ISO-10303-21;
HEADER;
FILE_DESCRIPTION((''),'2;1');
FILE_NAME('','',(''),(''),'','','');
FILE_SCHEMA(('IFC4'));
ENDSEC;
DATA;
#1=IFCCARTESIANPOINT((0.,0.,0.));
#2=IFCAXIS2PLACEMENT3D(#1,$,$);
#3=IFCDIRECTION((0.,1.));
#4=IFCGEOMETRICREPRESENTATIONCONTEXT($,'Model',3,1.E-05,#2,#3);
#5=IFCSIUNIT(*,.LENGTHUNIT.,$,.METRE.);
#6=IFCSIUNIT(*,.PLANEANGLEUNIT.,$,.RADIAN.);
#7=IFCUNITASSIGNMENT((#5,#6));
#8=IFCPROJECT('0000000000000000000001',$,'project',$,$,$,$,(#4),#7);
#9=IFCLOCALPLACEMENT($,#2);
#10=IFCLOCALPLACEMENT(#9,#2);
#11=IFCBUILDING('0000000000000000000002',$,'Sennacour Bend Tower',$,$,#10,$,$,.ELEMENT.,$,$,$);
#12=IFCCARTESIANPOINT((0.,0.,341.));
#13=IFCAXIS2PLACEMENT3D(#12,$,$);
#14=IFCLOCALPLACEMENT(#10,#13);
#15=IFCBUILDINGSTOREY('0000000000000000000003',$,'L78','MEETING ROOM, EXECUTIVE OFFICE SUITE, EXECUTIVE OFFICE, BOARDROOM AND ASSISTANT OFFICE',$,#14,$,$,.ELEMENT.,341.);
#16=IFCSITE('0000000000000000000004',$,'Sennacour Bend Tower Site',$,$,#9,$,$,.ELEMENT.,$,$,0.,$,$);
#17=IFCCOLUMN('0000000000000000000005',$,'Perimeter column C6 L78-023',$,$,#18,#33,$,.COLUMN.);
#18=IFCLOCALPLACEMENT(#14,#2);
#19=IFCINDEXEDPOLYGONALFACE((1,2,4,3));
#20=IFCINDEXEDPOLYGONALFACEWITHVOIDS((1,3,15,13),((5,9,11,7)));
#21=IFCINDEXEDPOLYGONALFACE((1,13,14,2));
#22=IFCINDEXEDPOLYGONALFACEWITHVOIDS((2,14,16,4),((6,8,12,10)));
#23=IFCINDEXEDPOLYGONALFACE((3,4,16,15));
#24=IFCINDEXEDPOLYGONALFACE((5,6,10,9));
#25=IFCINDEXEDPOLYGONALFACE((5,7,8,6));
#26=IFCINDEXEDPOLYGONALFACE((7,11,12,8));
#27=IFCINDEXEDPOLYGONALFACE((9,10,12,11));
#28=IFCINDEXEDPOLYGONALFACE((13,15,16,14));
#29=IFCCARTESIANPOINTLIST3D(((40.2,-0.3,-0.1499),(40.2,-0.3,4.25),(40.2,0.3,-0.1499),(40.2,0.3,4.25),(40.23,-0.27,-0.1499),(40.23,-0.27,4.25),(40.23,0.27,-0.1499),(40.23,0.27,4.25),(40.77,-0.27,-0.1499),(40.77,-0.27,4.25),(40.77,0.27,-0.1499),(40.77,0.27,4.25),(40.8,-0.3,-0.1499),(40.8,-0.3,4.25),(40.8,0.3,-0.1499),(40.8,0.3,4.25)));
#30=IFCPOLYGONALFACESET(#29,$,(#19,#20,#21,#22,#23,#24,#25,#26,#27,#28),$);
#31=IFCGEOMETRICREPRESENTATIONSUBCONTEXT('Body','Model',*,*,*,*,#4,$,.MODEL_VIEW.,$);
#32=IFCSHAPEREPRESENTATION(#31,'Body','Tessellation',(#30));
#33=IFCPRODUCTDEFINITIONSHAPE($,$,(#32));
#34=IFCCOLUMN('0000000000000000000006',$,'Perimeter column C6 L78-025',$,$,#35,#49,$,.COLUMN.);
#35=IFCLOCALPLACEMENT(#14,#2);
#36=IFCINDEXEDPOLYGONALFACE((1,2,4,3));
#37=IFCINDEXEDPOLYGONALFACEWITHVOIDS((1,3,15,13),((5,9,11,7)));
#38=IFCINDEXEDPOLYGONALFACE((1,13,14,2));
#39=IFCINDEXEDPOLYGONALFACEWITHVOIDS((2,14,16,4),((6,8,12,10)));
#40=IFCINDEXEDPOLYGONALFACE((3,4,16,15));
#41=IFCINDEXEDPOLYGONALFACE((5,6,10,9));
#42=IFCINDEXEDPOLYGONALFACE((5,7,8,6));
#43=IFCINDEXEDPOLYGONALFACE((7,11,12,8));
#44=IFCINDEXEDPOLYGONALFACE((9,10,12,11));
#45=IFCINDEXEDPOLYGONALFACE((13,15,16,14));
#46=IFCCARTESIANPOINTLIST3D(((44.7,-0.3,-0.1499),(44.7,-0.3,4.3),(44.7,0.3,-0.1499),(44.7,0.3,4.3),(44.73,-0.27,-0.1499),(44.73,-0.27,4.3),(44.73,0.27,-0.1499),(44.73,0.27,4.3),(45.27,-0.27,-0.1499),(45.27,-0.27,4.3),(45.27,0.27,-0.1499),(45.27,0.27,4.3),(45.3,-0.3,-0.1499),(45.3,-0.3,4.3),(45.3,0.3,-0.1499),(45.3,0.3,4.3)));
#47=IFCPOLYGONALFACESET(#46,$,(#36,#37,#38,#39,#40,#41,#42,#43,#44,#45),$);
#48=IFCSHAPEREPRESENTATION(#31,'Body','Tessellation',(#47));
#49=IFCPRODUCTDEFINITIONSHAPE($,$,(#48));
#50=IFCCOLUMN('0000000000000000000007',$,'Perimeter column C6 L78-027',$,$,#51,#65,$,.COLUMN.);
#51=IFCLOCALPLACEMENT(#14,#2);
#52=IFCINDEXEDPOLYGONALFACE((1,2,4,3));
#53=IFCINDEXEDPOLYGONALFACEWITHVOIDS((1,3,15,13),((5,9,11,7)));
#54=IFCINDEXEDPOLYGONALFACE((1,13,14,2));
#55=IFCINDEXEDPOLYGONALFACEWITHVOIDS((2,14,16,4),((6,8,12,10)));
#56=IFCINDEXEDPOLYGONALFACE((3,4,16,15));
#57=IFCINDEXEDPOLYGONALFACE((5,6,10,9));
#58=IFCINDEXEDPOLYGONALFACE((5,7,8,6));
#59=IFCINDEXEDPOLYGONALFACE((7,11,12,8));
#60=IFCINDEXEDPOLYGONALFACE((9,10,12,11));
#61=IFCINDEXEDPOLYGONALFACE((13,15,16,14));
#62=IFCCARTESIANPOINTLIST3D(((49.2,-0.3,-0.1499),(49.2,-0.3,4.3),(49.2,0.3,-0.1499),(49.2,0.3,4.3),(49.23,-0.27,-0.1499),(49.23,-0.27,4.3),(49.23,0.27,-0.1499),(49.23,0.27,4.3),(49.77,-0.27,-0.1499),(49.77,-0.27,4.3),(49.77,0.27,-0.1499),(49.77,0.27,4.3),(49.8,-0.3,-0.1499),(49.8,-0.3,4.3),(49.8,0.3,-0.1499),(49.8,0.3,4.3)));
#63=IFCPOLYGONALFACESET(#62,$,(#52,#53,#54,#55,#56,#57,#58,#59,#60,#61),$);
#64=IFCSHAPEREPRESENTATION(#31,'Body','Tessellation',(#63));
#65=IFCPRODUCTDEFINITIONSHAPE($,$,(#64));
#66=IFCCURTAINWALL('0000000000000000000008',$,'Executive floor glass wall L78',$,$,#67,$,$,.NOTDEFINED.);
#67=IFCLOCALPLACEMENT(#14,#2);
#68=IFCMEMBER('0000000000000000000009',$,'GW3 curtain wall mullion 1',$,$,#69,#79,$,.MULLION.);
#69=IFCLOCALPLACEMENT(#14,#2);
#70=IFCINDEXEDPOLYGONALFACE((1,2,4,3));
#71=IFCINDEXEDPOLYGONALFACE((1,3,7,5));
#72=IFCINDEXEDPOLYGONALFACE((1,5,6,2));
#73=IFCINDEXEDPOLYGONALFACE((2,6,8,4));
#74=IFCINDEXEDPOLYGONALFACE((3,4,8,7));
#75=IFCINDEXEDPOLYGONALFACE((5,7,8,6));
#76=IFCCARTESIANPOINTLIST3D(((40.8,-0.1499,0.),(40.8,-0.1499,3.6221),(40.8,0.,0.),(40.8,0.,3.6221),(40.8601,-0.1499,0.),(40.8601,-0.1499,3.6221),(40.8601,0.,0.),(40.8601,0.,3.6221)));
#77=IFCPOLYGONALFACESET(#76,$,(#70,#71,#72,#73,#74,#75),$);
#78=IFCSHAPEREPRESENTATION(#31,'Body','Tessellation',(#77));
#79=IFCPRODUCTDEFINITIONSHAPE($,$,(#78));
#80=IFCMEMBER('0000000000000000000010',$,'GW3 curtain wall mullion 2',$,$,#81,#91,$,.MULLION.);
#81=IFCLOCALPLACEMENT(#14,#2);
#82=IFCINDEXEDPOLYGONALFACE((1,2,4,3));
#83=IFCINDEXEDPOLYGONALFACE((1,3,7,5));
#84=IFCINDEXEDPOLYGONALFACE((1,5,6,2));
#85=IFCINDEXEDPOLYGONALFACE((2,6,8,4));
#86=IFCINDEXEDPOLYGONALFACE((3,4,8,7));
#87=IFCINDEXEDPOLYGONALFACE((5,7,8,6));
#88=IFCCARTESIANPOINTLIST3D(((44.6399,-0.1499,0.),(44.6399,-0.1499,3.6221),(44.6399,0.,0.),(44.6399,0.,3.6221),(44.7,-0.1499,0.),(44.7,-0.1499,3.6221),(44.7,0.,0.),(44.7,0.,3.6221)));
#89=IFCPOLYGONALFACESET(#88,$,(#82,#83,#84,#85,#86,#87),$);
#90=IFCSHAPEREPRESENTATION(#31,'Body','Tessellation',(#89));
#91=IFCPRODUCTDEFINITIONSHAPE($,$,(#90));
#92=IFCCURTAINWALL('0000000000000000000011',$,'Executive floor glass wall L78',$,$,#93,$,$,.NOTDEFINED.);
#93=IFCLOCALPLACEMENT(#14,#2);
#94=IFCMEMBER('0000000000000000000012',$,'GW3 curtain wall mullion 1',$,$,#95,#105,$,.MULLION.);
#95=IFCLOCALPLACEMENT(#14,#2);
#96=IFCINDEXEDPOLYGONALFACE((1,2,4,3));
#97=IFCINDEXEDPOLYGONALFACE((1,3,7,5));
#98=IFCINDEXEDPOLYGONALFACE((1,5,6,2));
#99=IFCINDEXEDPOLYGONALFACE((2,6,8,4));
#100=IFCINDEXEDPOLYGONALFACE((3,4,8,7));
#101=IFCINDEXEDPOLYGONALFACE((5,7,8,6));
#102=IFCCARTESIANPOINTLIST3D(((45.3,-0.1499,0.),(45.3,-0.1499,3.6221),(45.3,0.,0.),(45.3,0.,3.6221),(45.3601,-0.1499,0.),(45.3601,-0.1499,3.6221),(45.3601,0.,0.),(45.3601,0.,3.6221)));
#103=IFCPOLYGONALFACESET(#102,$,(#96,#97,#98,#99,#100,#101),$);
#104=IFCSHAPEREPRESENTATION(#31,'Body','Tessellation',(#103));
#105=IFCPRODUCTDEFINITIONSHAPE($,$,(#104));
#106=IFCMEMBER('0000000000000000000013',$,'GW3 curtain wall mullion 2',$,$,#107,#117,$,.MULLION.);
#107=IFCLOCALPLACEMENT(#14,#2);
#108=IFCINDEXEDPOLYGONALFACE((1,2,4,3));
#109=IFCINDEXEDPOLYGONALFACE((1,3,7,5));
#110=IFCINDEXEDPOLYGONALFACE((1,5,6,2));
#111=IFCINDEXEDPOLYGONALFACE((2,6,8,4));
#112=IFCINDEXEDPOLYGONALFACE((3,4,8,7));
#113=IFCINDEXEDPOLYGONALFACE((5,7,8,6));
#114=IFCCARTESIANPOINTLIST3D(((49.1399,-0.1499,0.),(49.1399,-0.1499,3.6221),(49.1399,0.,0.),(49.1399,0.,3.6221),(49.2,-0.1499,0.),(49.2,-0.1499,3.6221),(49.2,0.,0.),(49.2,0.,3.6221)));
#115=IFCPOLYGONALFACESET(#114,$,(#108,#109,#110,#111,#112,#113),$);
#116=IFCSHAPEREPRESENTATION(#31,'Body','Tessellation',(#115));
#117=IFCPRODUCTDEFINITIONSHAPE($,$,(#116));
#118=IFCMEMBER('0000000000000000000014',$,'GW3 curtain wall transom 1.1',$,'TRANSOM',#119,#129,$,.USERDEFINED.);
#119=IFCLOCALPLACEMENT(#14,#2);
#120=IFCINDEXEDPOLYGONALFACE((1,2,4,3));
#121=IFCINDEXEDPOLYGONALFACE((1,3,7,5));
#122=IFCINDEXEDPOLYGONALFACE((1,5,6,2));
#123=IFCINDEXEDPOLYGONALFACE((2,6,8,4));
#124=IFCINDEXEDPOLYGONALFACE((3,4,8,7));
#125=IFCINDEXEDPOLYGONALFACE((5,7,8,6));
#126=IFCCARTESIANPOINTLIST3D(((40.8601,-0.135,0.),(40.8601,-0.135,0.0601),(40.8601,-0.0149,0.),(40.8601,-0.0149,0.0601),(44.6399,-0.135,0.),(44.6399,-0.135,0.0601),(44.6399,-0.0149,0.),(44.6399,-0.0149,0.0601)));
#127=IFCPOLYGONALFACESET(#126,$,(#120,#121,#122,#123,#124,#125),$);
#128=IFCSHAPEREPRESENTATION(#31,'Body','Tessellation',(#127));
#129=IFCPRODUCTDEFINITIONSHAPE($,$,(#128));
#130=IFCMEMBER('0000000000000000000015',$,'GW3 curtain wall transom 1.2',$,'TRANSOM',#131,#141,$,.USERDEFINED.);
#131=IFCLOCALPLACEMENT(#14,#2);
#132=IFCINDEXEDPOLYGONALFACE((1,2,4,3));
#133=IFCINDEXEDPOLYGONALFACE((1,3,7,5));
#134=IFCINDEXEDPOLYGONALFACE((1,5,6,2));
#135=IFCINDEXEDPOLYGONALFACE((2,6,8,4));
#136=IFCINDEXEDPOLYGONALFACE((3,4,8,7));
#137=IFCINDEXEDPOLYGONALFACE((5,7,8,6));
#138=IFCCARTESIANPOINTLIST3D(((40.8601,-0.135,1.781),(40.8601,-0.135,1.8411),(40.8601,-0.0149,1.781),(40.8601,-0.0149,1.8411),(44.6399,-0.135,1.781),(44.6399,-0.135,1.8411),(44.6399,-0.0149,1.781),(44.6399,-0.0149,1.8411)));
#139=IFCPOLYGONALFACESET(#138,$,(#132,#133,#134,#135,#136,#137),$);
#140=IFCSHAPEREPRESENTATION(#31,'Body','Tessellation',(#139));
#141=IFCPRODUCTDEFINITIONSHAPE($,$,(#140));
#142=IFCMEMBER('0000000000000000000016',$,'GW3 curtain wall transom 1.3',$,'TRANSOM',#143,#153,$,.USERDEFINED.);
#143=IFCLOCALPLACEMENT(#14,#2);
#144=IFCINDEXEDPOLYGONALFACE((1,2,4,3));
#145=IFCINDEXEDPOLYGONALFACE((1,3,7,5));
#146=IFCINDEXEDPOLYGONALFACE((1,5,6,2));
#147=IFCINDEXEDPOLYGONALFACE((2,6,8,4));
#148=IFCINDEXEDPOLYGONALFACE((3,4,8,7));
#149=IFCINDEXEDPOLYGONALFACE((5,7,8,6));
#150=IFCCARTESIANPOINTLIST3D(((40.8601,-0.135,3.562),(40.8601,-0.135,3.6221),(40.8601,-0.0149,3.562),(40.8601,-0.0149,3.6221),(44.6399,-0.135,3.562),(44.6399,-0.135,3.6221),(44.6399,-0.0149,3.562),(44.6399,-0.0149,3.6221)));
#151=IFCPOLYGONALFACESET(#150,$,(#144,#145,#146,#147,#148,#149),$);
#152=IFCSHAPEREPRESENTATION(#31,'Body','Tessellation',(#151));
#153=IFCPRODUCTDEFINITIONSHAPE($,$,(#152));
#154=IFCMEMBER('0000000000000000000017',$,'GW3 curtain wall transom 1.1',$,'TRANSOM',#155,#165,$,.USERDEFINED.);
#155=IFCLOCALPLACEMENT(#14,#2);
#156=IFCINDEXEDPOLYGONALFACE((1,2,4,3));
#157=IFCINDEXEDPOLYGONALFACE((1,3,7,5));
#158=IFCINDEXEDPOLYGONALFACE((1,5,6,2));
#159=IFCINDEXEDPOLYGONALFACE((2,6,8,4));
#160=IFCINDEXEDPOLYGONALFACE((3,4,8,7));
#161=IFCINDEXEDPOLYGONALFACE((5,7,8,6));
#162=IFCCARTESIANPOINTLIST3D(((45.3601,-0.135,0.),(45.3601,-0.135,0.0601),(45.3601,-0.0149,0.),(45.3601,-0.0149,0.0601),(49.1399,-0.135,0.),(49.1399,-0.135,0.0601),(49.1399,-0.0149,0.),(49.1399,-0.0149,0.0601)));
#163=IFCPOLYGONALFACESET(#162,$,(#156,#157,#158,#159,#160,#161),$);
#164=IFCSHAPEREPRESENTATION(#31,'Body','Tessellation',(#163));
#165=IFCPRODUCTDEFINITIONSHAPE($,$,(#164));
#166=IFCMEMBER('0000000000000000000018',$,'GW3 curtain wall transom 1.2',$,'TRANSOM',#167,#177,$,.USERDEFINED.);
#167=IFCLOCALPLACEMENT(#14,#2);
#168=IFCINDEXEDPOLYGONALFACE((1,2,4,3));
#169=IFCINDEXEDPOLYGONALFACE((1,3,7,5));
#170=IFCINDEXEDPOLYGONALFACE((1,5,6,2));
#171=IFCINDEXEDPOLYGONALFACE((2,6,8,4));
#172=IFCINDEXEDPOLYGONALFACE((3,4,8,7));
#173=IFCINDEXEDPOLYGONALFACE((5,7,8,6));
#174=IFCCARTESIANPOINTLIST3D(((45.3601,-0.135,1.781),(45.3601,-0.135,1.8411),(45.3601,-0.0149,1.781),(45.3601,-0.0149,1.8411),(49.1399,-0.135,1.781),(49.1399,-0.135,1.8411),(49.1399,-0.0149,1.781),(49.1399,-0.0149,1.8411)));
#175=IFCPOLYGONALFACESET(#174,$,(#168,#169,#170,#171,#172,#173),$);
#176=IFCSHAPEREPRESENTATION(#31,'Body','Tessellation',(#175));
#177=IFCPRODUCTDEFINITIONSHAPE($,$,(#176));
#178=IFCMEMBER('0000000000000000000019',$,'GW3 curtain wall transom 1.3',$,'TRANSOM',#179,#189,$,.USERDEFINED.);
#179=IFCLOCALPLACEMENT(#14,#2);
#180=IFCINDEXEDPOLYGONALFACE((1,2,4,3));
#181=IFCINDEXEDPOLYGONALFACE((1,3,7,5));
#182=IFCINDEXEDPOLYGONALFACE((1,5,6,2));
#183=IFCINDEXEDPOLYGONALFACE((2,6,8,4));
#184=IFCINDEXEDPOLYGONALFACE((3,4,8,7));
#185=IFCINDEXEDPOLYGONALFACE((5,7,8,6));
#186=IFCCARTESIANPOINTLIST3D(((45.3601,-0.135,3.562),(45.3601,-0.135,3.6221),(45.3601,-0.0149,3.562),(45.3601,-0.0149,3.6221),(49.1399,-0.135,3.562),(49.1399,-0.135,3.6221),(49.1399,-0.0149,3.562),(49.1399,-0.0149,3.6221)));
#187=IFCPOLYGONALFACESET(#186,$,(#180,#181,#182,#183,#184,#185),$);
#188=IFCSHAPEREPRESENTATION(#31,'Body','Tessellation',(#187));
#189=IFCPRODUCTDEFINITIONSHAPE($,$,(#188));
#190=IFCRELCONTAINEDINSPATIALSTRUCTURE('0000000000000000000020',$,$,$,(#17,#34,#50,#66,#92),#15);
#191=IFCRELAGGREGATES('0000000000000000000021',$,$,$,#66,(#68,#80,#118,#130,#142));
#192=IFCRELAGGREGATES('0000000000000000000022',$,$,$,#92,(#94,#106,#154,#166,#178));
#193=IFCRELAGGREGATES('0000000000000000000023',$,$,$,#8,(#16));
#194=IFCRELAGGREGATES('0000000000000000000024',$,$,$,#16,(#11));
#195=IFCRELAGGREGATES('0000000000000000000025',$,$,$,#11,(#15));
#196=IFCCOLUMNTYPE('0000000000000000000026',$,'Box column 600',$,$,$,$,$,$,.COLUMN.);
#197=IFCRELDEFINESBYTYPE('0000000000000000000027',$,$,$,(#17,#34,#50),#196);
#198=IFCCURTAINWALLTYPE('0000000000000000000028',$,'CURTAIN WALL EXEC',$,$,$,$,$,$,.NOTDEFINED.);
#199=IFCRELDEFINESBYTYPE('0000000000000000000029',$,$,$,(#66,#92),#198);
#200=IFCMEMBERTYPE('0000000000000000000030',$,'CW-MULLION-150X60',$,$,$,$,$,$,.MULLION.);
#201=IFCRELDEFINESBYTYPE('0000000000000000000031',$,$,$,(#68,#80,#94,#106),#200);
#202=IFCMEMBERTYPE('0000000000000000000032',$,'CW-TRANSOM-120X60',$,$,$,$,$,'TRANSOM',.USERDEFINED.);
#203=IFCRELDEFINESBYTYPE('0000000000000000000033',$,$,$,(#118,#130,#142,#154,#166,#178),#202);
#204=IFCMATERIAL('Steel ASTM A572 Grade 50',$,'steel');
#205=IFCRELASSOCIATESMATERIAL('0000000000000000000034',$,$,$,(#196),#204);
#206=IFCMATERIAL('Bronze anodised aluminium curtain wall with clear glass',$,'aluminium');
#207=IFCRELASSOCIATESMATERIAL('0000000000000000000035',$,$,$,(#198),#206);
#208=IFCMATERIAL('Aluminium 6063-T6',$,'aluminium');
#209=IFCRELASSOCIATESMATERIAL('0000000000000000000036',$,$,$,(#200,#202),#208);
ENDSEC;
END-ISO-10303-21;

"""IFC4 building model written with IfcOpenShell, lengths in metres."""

from ifc_helpers import new_model, si_unit, direction, frame, origin, origin_2d, place, context, subcontext, project, spatial, rectangle, hollow_rectangle, extrude, material, material_profile, profile_set, type_object, element, aggregate, save


model = new_model("IFC4")

# Units and contexts
model_context = context("Model", 3, precision=1e-05, world=origin(), true_north=direction((0.0, 1.0)))
body_context = subcontext(model_context, "Body", "Model", "MODEL_VIEW")
ifc_project = project(units=[si_unit("LENGTHUNIT", "METRE"), si_unit("PLANEANGLEUNIT", "RADIAN")], contexts=[model_context])

# Site, building, storey
site_placement = place(None, origin())
site = spatial("IfcSite", under=ifc_project, at=site_placement, Name="Sennacour Bend Tower Site", CompositionType="ELEMENT", RefElevation=0.0)
building_placement = place(site_placement, origin())
building = spatial("IfcBuilding", under=site, at=building_placement, Name="Sennacour Bend Tower", CompositionType="ELEMENT")
storey_placement = place(building_placement, frame((0.0, 0.0, 341.0)))
storey = spatial("IfcBuildingStorey", under=building, at=storey_placement, Name="L78", Description="MEETING ROOM, EXECUTIVE OFFICE SUITE, EXECUTIVE OFFICE, BOARDROOM AND ASSISTANT OFFICE", CompositionType="ELEMENT", Elevation=341.0)

# Columns
ifc_material_1 = material(Name="Steel ASTM A572 Grade 50", Category="steel")
ifc_material_profile_1 = material_profile(ifc_material_1, hollow_rectangle(XDim=0.6001, YDim=0.6001, WallThickness=0.03, at=origin_2d()), Name="Steel ASTM A572 Grade 50", Category="steel")
ifc_profile_set_1 = profile_set([ifc_material_profile_1], Name="Steel ASTM A572 Grade 50")
column_type = type_object("IfcColumnType", Name="Box column 600", PredefinedType="COLUMN", material=ifc_profile_set_1)
column_placement = place(storey_placement, frame((40.5, 0.0, -0.1499), z_axis=(0.0, 0.0, 1.0), x_axis=(1.0, 0.0, 0.0)))
element("IfcColumn", 1, at=column_placement, inside=storey, type_object=column_type, Name="Perimeter column C6 L78-023", PredefinedType="COLUMN", context=body_context, shape_type="SweptSolid", body=[
    extrude(hollow_rectangle(XDim=0.6001, YDim=0.6001, WallThickness=0.03, at=origin_2d()), origin(), (0.0, 0.0, 1.0), 4.3999),
])
for number, where, z_axis, x_axis, name in (
    (2, (45.0, 0.0, -0.1499), (0.0, 0.0, 1.0), (1.0, 0.0, 0.0), "Perimeter column C6 L78-025"),
    (3, (49.5, 0.0, -0.1499), (0.0, 0.0, 1.0), (1.0, 0.0, 0.0), "Perimeter column C6 L78-027"),
):
    element("IfcColumn", number, at=place(storey_placement, frame(where, z_axis=z_axis, x_axis=x_axis)), inside=storey, type_object=column_type, Name=name, PredefinedType="COLUMN", context=body_context, shape_type="SweptSolid", body=[
        extrude(hollow_rectangle(XDim=0.6001, YDim=0.6001, WallThickness=0.03, at=origin_2d()), origin(), (0.0, 0.0, 1.0), 4.45),
    ])

# Curtain walls, members
ifc_material_2 = material(Name="Bronze anodised aluminium curtain wall with clear glass", Category="aluminium")
curtain_wall_type = type_object("IfcCurtainWallType", Name="CURTAIN WALL EXEC", PredefinedType="NOTDEFINED", material=ifc_material_2)
curtain_wall_1_placement = place(storey_placement, origin())
curtain_wall_1 = element("IfcCurtainWall", 4, at=curtain_wall_1_placement, inside=storey, type_object=curtain_wall_type, Name="Executive floor glass wall L78", PredefinedType="NOTDEFINED")
ifc_material_3 = material(Name="Aluminium 6063-T6", Category="aluminium")
ifc_material_profile_2 = material_profile(ifc_material_3, rectangle(XDim=0.1499, YDim=0.0601, at=origin_2d()), Name="Aluminium 6063-T6", Category="aluminium")
ifc_profile_set_2 = profile_set([ifc_material_profile_2], Name="Aluminium 6063-T6")
member_type_1 = type_object("IfcMemberType", Name="CW-MULLION-150X60", PredefinedType="MULLION", material=ifc_profile_set_2)
member_1_placement = place(storey_placement, frame((40.8301, -0.075, 0.0), z_axis=(0.0, 0.0, 1.0), x_axis=(0.0, 1.0, 0.0)))
member_1 = element("IfcMember", 5, at=member_1_placement, type_object=member_type_1, Name="GW3 curtain wall mullion 1", PredefinedType="MULLION", context=body_context, shape_type="SweptSolid", body=[
    extrude(rectangle(XDim=0.1499, YDim=0.0601, at=origin_2d()), origin(), (0.0, 0.0, 1.0), 3.6221),
])
member_2_placement = place(storey_placement, frame((44.6699, -0.075, 0.0), z_axis=(0.0, 0.0, 1.0), x_axis=(0.0, 1.0, 0.0)))
member_2 = element("IfcMember", 6, at=member_2_placement, type_object=member_type_1, Name="GW3 curtain wall mullion 2", PredefinedType="MULLION", context=body_context, shape_type="SweptSolid", body=[
    extrude(rectangle(XDim=0.1499, YDim=0.0601, at=origin_2d()), origin(), (0.0, 0.0, 1.0), 3.6221),
])
curtain_wall_2_placement = place(storey_placement, origin())
curtain_wall_2 = element("IfcCurtainWall", 7, at=curtain_wall_2_placement, inside=storey, type_object=curtain_wall_type, Name="Executive floor glass wall L78", PredefinedType="NOTDEFINED")
member_3_placement = place(storey_placement, frame((45.3301, -0.075, 0.0), z_axis=(0.0, 0.0, 1.0), x_axis=(0.0, 1.0, 0.0)))
member_3 = element("IfcMember", 8, at=member_3_placement, type_object=member_type_1, Name="GW3 curtain wall mullion 1", PredefinedType="MULLION", context=body_context, shape_type="SweptSolid", body=[
    extrude(rectangle(XDim=0.1499, YDim=0.0601, at=origin_2d()), origin(), (0.0, 0.0, 1.0), 3.6221),
])
member_4_placement = place(storey_placement, frame((49.1699, -0.075, 0.0), z_axis=(0.0, 0.0, 1.0), x_axis=(0.0, 1.0, 0.0)))
member_4 = element("IfcMember", 9, at=member_4_placement, type_object=member_type_1, Name="GW3 curtain wall mullion 2", PredefinedType="MULLION", context=body_context, shape_type="SweptSolid", body=[
    extrude(rectangle(XDim=0.1499, YDim=0.0601, at=origin_2d()), origin(), (0.0, 0.0, 1.0), 3.6221),
])

# Members
ifc_material_profile_3 = material_profile(ifc_material_3, rectangle(XDim=0.1201, YDim=0.0601, at=origin_2d()), Name="Aluminium 6063-T6", Category="aluminium")
ifc_profile_set_3 = profile_set([ifc_material_profile_3], Name="Aluminium 6063-T6")
member_type_2 = type_object("IfcMemberType", Name="CW-TRANSOM-120X60", ElementType="TRANSOM", PredefinedType="USERDEFINED", material=ifc_profile_set_3)
member_5_placement = place(storey_placement, frame((40.8601, -0.075, 0.03), z_axis=(1.0, 0.0, 0.0), x_axis=(0.0, 1.0, 0.0)))
member_5 = element("IfcMember", 10, at=member_5_placement, type_object=member_type_2, Name="GW3 curtain wall transom 1.1", ObjectType="TRANSOM", PredefinedType="USERDEFINED", context=body_context, shape_type="SweptSolid", body=[
    extrude(rectangle(XDim=0.1201, YDim=0.0601, at=origin_2d()), origin(), (0.0, 0.0, 1.0), 3.7798),
])
member_6_placement = place(storey_placement, frame((40.8601, -0.075, 1.811), z_axis=(1.0, 0.0, 0.0), x_axis=(0.0, 1.0, 0.0)))
member_6 = element("IfcMember", 11, at=member_6_placement, type_object=member_type_2, Name="GW3 curtain wall transom 1.2", ObjectType="TRANSOM", PredefinedType="USERDEFINED", context=body_context, shape_type="SweptSolid", body=[
    extrude(rectangle(XDim=0.1201, YDim=0.0601, at=origin_2d()), origin(), (0.0, 0.0, 1.0), 3.7798),
])
member_7_placement = place(storey_placement, frame((40.8601, -0.075, 3.592), z_axis=(1.0, 0.0, 0.0), x_axis=(0.0, 1.0, 0.0)))
member_7 = element("IfcMember", 12, at=member_7_placement, type_object=member_type_2, Name="GW3 curtain wall transom 1.3", ObjectType="TRANSOM", PredefinedType="USERDEFINED", context=body_context, shape_type="SweptSolid", body=[
    extrude(rectangle(XDim=0.1201, YDim=0.0601, at=origin_2d()), origin(), (0.0, 0.0, 1.0), 3.7798),
])
member_8_placement = place(storey_placement, frame((45.3601, -0.075, 0.03), z_axis=(1.0, 0.0, 0.0), x_axis=(0.0, 1.0, 0.0)))
member_8 = element("IfcMember", 13, at=member_8_placement, type_object=member_type_2, Name="GW3 curtain wall transom 1.1", ObjectType="TRANSOM", PredefinedType="USERDEFINED", context=body_context, shape_type="SweptSolid", body=[
    extrude(rectangle(XDim=0.1201, YDim=0.0601, at=origin_2d()), origin(), (0.0, 0.0, 1.0), 3.7798),
])
member_9_placement = place(storey_placement, frame((45.3601, -0.075, 1.811), z_axis=(1.0, 0.0, 0.0), x_axis=(0.0, 1.0, 0.0)))
member_9 = element("IfcMember", 14, at=member_9_placement, type_object=member_type_2, Name="GW3 curtain wall transom 1.2", ObjectType="TRANSOM", PredefinedType="USERDEFINED", context=body_context, shape_type="SweptSolid", body=[
    extrude(rectangle(XDim=0.1201, YDim=0.0601, at=origin_2d()), origin(), (0.0, 0.0, 1.0), 3.7798),
])
member_10_placement = place(storey_placement, frame((45.3601, -0.075, 3.592), z_axis=(1.0, 0.0, 0.0), x_axis=(0.0, 1.0, 0.0)))
member_10 = element("IfcMember", 15, at=member_10_placement, type_object=member_type_2, Name="GW3 curtain wall transom 1.3", ObjectType="TRANSOM", PredefinedType="USERDEFINED", context=body_context, shape_type="SweptSolid", body=[
    extrude(rectangle(XDim=0.1201, YDim=0.0601, at=origin_2d()), origin(), (0.0, 0.0, 1.0), 3.7798),
])

aggregate(curtain_wall_1, [member_1, member_2, member_5, member_6, member_7])
aggregate(curtain_wall_2, [member_3, member_4, member_8, member_9, member_10])

save(model, "model.ifc")
